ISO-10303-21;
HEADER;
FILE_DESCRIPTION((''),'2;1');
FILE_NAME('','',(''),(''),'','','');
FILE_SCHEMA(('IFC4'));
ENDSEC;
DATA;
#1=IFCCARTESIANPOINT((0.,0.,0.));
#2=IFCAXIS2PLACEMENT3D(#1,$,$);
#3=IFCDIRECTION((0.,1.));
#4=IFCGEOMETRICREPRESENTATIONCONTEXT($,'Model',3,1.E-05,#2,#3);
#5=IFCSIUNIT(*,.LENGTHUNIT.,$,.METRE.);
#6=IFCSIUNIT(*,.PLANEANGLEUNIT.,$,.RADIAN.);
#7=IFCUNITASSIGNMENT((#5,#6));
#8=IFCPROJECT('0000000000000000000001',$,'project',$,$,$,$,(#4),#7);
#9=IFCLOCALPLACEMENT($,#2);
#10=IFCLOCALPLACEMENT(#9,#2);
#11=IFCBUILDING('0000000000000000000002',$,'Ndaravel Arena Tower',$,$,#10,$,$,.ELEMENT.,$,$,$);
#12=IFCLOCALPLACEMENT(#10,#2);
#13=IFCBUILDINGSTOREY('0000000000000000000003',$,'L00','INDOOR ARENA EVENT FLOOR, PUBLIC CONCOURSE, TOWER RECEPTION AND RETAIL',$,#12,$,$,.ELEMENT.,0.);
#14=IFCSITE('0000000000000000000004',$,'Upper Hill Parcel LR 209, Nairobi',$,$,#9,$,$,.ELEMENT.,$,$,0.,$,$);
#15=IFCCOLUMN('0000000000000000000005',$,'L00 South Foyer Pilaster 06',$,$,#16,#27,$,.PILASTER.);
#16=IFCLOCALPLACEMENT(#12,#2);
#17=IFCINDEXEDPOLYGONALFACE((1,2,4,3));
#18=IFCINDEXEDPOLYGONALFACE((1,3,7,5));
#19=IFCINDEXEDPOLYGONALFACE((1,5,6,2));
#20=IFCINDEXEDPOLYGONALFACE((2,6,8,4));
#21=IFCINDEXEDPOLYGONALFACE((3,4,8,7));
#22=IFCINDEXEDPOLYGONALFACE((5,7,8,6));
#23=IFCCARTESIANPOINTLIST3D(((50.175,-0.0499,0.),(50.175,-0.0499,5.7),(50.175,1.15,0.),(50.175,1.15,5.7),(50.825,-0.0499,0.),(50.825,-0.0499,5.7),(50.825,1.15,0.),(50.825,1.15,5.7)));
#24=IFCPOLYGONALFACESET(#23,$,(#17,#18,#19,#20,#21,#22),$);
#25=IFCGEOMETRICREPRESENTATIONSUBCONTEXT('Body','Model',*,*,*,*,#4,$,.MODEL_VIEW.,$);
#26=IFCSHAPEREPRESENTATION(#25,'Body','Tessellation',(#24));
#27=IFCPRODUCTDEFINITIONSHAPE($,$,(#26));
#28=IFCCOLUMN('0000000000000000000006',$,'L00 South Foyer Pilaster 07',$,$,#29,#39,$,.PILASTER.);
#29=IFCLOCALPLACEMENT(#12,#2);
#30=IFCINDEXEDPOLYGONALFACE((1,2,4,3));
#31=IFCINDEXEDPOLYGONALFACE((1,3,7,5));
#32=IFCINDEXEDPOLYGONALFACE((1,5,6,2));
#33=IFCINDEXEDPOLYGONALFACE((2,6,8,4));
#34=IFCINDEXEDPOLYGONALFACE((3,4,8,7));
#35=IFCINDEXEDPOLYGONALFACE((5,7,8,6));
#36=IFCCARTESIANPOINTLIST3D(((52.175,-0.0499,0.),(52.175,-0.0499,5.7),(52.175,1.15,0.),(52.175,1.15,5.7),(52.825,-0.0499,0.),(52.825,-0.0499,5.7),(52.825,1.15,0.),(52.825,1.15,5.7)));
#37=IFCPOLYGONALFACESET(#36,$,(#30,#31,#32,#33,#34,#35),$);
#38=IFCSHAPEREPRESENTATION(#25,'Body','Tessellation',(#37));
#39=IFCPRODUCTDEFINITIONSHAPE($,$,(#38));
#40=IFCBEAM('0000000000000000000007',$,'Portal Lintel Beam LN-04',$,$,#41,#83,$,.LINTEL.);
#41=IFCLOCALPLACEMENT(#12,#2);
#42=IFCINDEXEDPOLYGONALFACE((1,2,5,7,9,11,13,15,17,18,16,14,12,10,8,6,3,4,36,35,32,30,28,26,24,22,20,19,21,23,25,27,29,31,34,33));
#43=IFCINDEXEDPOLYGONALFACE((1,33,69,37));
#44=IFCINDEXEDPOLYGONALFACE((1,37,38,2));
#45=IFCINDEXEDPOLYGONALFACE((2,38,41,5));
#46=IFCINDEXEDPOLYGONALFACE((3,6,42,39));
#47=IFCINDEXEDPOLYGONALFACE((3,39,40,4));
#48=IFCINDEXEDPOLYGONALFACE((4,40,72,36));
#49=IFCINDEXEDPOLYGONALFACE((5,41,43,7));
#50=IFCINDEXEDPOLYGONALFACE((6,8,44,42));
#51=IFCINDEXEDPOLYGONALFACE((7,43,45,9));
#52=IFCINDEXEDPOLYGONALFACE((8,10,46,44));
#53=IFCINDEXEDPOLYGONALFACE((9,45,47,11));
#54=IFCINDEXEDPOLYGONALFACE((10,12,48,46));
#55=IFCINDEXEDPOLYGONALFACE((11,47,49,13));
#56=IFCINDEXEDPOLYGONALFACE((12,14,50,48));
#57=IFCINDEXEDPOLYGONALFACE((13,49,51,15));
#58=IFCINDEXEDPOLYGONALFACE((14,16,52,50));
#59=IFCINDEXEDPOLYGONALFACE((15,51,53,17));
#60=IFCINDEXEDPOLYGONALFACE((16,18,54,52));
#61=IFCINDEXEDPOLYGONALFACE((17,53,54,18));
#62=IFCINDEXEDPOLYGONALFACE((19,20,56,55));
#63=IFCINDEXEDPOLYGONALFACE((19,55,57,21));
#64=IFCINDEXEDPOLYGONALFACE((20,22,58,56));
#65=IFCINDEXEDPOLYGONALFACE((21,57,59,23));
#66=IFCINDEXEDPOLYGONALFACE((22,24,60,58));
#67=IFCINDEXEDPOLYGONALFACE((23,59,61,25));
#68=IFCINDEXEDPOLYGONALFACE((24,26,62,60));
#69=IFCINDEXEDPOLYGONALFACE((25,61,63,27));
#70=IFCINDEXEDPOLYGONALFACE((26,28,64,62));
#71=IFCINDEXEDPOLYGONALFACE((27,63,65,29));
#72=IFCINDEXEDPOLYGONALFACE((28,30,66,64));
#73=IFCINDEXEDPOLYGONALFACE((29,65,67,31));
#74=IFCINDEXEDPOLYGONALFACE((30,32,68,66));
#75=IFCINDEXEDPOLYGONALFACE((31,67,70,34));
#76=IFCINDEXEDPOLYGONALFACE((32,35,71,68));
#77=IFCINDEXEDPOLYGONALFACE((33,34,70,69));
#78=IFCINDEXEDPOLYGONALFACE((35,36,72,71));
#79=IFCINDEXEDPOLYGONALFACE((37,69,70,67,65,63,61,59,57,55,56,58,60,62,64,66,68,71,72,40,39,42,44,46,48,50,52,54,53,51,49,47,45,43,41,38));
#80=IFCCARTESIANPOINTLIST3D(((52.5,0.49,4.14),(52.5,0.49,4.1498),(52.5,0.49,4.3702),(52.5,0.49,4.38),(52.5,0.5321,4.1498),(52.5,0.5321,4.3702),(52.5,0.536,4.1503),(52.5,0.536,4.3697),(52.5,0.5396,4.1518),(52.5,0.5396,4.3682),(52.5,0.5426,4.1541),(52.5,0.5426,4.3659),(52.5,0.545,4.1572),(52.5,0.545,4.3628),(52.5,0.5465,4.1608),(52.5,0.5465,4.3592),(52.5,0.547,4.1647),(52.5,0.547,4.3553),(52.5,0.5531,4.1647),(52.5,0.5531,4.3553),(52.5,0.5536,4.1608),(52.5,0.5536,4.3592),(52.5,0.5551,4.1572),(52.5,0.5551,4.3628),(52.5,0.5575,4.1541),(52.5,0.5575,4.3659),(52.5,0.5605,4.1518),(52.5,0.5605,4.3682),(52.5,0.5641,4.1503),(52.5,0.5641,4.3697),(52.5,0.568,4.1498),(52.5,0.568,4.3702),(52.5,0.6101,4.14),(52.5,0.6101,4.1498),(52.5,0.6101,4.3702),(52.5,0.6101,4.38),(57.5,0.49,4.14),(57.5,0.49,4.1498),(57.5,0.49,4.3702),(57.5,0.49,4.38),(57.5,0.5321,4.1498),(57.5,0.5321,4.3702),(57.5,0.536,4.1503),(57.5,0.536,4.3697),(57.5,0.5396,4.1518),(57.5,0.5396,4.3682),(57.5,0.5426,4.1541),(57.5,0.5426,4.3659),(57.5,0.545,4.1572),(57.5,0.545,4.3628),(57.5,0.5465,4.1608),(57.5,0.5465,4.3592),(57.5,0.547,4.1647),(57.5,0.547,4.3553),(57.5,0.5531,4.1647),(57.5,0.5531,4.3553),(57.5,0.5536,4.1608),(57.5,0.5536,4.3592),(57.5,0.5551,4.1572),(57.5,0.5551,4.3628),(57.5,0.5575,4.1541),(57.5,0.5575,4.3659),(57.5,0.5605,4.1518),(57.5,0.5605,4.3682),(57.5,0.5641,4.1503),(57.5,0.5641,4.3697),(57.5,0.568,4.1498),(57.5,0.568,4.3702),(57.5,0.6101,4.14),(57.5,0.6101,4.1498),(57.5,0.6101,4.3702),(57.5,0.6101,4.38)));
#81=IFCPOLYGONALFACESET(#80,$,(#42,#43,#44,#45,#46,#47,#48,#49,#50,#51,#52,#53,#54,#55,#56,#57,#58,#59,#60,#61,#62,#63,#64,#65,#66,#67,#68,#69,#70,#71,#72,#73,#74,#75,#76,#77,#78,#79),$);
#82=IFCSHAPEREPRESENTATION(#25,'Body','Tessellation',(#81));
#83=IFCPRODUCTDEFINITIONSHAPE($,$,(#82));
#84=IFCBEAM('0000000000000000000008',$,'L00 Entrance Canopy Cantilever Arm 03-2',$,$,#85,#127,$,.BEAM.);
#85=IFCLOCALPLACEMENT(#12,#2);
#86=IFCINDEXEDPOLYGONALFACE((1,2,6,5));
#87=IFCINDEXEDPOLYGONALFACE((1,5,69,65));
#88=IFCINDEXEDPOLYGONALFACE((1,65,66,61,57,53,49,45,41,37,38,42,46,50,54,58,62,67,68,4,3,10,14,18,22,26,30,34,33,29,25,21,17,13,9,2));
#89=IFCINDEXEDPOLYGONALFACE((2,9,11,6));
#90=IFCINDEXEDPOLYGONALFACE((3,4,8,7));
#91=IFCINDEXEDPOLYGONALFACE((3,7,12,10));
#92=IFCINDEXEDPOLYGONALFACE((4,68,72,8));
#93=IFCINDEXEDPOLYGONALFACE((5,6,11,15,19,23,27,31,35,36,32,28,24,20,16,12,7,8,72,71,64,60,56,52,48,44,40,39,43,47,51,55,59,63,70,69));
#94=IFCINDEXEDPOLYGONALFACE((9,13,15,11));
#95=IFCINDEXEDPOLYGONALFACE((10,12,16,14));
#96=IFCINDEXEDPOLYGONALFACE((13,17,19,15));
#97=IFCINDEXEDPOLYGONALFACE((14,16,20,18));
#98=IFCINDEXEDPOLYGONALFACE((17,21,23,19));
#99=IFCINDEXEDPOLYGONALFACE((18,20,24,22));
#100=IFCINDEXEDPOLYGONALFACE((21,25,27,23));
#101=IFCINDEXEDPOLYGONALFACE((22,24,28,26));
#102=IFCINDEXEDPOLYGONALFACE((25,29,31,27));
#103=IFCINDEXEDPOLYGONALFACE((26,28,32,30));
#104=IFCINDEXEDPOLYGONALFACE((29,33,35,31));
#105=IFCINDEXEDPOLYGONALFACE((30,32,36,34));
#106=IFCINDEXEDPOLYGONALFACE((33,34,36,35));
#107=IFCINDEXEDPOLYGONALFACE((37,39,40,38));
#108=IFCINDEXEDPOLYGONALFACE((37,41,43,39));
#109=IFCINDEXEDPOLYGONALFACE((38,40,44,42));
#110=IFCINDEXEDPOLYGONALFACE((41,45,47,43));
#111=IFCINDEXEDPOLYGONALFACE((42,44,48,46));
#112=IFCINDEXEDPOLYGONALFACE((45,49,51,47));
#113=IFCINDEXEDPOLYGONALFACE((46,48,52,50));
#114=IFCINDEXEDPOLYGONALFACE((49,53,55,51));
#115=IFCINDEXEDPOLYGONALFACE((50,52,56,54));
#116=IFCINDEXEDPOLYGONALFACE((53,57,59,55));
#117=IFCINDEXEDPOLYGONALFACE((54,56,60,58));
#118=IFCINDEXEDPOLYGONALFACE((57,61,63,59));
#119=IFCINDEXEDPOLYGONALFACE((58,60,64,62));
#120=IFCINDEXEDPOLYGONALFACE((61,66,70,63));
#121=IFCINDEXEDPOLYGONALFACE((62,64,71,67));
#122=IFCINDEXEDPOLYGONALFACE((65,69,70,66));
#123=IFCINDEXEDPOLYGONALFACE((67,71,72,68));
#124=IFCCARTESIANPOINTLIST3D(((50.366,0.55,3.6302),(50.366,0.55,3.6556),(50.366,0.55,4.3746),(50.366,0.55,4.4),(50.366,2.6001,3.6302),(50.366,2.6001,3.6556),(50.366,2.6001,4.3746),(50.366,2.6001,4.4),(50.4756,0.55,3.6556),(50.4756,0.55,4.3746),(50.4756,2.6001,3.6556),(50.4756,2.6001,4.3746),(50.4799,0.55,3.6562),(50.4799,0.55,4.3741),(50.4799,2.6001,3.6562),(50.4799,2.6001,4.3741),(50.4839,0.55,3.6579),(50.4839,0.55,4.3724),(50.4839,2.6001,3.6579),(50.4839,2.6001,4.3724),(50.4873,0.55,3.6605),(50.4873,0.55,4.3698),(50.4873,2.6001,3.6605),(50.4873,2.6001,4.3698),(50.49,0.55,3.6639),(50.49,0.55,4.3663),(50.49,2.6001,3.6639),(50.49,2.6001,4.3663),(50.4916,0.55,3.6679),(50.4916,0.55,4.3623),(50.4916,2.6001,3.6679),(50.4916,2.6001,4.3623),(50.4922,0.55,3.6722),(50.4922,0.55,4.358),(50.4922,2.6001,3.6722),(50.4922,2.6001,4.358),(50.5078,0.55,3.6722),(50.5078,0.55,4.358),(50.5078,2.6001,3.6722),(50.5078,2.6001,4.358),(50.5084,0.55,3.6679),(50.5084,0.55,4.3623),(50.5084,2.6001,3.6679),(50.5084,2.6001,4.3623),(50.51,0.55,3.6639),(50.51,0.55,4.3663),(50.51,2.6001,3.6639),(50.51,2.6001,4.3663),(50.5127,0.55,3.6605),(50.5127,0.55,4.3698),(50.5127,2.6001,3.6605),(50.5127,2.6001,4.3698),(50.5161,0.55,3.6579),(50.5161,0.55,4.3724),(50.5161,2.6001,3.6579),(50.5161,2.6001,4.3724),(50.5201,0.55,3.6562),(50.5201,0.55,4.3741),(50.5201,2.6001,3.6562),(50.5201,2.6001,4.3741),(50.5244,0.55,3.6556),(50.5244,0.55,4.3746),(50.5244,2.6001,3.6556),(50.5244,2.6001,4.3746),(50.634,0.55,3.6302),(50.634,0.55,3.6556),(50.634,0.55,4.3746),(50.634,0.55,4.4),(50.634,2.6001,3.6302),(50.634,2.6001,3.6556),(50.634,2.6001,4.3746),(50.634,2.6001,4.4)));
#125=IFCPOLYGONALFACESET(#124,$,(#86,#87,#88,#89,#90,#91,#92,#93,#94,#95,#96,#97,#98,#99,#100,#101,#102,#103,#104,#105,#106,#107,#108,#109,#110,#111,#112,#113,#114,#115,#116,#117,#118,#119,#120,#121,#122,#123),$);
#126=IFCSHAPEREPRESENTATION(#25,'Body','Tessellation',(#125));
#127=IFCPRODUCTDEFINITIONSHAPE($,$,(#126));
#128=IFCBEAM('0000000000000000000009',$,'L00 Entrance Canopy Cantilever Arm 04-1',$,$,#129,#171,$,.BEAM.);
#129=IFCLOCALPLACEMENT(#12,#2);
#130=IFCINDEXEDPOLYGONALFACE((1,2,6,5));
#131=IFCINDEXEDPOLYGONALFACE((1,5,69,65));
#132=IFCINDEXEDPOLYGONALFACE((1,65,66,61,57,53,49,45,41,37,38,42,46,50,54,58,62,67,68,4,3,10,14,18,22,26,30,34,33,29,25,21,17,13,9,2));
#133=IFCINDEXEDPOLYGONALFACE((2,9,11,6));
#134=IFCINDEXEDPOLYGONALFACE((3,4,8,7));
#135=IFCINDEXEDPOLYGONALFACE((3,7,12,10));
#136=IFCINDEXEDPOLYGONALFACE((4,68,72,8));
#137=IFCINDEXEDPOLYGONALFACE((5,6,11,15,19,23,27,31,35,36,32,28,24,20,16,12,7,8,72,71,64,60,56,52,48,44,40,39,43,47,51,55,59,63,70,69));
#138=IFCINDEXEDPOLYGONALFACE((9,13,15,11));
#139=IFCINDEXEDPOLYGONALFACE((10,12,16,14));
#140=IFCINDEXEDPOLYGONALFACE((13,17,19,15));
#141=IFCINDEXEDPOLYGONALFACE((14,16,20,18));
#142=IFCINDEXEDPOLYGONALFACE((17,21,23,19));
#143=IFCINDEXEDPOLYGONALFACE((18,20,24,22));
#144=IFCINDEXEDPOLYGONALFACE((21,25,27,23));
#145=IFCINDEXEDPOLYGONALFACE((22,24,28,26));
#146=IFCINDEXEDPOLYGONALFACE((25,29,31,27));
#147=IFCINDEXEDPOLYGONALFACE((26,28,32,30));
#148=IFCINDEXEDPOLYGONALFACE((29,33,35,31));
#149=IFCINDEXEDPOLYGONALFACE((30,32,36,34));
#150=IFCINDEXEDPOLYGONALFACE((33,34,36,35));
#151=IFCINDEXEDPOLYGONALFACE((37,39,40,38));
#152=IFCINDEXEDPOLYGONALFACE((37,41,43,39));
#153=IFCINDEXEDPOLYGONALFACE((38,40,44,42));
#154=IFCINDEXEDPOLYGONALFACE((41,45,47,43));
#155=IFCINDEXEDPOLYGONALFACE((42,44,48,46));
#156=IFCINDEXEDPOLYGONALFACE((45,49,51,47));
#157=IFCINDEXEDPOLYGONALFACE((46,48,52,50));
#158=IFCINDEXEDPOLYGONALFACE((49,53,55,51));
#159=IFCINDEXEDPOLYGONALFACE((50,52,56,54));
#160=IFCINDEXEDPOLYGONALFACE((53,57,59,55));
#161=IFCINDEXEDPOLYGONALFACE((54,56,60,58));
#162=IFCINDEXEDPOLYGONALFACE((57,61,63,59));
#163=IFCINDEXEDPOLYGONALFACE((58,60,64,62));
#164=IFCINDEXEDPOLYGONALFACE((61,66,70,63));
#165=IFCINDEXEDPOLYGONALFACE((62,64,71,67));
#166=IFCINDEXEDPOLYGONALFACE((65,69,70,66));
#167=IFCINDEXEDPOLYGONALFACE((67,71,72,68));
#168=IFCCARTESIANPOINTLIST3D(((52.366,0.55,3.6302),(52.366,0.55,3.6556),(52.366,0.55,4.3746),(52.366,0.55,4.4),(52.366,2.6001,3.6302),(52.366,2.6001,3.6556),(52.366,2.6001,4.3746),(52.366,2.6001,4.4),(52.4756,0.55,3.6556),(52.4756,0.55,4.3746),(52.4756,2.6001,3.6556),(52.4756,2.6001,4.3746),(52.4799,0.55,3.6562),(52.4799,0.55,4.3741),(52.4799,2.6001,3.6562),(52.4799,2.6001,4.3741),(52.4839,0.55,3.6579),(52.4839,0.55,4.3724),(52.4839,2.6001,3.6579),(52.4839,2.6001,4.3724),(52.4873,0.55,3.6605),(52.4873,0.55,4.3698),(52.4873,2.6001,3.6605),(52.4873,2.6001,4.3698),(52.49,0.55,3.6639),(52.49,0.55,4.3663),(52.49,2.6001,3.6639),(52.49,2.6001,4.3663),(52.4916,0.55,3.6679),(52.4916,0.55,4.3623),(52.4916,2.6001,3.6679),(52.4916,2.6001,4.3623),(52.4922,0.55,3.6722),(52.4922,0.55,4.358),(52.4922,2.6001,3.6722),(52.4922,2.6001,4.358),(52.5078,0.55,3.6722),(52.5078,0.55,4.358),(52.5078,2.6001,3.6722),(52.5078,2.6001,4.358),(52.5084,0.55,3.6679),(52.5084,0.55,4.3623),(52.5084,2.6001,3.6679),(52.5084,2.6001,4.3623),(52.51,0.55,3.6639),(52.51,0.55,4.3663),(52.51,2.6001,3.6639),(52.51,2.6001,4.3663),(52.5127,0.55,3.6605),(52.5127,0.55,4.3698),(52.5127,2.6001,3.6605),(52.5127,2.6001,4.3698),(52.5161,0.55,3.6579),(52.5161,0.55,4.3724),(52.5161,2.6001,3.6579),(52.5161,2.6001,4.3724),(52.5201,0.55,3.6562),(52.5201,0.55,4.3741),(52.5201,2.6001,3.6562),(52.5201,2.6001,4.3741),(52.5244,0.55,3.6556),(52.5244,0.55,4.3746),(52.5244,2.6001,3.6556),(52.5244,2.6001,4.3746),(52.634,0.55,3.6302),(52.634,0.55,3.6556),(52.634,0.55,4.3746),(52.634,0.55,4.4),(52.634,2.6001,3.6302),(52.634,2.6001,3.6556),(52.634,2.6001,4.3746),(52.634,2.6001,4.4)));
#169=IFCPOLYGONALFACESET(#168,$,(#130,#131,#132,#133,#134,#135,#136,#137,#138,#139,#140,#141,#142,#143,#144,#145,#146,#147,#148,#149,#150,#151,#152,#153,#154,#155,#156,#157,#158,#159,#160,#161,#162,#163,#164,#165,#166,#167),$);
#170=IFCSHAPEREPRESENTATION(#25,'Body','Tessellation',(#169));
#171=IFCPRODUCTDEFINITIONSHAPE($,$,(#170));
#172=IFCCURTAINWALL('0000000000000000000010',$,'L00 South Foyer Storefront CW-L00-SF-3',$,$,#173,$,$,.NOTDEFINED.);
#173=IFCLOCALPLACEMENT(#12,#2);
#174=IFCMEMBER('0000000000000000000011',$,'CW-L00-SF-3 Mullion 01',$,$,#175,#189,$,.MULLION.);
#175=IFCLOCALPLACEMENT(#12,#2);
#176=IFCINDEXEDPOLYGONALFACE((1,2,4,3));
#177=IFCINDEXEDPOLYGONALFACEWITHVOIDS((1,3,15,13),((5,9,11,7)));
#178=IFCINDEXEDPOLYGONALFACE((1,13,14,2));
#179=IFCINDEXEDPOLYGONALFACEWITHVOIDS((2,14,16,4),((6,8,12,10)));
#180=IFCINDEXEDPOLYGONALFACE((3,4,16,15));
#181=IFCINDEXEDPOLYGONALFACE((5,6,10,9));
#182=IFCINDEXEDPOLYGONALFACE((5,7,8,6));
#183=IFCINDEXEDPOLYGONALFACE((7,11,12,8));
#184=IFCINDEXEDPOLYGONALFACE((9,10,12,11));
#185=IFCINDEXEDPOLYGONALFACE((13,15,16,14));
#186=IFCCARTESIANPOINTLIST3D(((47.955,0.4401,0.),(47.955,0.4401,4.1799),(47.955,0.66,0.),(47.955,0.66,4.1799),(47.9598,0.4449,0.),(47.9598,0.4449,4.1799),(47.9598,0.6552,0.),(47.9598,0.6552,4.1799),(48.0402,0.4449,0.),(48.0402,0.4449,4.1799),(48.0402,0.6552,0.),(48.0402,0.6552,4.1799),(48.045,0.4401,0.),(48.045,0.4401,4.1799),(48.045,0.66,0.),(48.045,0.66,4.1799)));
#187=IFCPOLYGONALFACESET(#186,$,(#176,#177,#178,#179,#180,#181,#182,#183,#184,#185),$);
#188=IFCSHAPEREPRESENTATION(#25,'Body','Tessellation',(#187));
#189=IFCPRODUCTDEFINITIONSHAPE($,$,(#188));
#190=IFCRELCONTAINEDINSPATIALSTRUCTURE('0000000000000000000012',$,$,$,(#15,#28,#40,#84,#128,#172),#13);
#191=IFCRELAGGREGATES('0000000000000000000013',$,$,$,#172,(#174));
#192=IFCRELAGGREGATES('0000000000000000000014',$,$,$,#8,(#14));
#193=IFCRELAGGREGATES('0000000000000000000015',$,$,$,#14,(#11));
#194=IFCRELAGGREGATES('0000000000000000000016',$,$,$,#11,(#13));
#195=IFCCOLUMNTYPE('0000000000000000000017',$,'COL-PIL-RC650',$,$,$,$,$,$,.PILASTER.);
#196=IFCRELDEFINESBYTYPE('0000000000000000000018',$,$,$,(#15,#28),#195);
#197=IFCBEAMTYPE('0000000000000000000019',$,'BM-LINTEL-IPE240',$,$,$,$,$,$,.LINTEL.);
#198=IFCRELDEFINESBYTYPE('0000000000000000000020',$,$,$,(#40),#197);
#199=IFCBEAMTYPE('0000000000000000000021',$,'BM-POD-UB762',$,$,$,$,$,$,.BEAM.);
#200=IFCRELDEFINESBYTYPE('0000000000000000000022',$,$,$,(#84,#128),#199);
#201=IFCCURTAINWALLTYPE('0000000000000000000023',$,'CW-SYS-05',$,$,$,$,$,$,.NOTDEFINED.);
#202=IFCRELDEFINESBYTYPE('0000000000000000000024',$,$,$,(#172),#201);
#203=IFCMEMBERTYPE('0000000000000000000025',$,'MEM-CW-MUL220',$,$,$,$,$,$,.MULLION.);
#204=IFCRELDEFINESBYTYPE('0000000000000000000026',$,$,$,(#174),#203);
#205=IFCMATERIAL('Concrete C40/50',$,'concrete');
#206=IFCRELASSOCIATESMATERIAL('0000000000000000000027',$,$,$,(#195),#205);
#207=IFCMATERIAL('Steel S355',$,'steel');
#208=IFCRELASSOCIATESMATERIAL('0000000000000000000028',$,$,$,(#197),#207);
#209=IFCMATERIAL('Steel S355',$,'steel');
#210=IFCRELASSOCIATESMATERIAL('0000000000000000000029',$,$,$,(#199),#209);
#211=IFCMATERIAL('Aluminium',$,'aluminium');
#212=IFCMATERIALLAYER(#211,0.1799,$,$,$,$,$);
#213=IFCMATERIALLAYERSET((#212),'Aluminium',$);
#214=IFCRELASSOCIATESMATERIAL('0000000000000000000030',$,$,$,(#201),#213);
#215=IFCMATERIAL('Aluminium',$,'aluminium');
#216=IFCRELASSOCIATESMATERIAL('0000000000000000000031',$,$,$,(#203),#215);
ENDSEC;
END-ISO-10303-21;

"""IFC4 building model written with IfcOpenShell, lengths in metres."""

from ifc_helpers import new_model, si_unit, direction, frame, origin, origin_2d, place, context, subcontext, project, spatial, rectangle, hollow_rectangle, i_section, extrude, material, layer, layer_set, material_profile, profile_set, type_object, element, aggregate, save


model = new_model("IFC4")

# Units and contexts
model_context = context("Model", 3, precision=1e-05, world=origin(), true_north=direction((0.0, 1.0)))
body_context = subcontext(model_context, "Body", "Model", "MODEL_VIEW")
ifc_project = project(units=[si_unit("LENGTHUNIT", "METRE"), si_unit("PLANEANGLEUNIT", "RADIAN")], contexts=[model_context])

# Site, building, storey
site_placement = place(None, origin())
site = spatial("IfcSite", under=ifc_project, at=site_placement, Name="Upper Hill Parcel LR 209, Nairobi", CompositionType="ELEMENT", RefElevation=0.0)
building_placement = place(site_placement, origin())
building = spatial("IfcBuilding", under=site, at=building_placement, Name="Ndaravel Arena Tower", CompositionType="ELEMENT")
storey_placement = place(building_placement, origin())
storey = spatial("IfcBuildingStorey", under=building, at=storey_placement, Name="L00", Description="INDOOR ARENA EVENT FLOOR, PUBLIC CONCOURSE, TOWER RECEPTION AND RETAIL", CompositionType="ELEMENT", Elevation=0.0)

# Columns
ifc_material_1 = material(Name="Concrete C40/50", Category="concrete")
ifc_material_profile_1 = material_profile(ifc_material_1, rectangle(XDim=0.6499, YDim=1.2, at=origin_2d()), Name="RC 650x1200")
ifc_profile_set_1 = profile_set([ifc_material_profile_1], Name="Concrete C40/50")
column_type = type_object("IfcColumnType", Name="COL-PIL-RC650", PredefinedType="PILASTER", material=ifc_profile_set_1)
for number, where, z_axis, x_axis, name in (
    (1, (50.5, 0.55, 0.0), (0.0, 0.0, 1.0), (1.0, 0.0, 0.0), "L00 South Foyer Pilaster 06"),
    (2, (52.5, 0.55, 0.0), (0.0, 0.0, 1.0), (1.0, 0.0, 0.0), "L00 South Foyer Pilaster 07"),
):
    element("IfcColumn", number, at=place(storey_placement, frame(where, z_axis=z_axis, x_axis=x_axis)), inside=storey, type_object=column_type, Name=name, PredefinedType="PILASTER", context=body_context, shape_type="SweptSolid", body=[
        extrude(rectangle(XDim=0.6499, YDim=1.2, at=origin_2d()), origin(), (0.0, 0.0, 1.0), 5.7),
    ])

# Beams
ifc_material_2 = material(Name="Steel S355", Category="steel")
ifc_material_profile_2 = material_profile(ifc_material_2, i_section(OverallWidth=0.1201, OverallDepth=0.24, WebThickness=0.0061, FlangeThickness=0.0098, FilletRadius=0.0149, at=origin_2d()), Name="IPE 240")
ifc_profile_set_2 = profile_set([ifc_material_profile_2], Name="Steel S355")
beam_type_1 = type_object("IfcBeamType", Name="BM-LINTEL-IPE240", PredefinedType="LINTEL", material=ifc_profile_set_2)
beam_placement = place(storey_placement, frame((52.5, 0.55, 4.26), z_axis=(1.0, 0.0, 0.0), x_axis=(0.0, 1.0, 0.0)))
element("IfcBeam", 3, at=beam_placement, inside=storey, type_object=beam_type_1, Name="Portal Lintel Beam LN-04", PredefinedType="LINTEL", context=body_context, shape_type="SweptSolid", body=[
    extrude(i_section(OverallWidth=0.1201, OverallDepth=0.24, WebThickness=0.0061, FlangeThickness=0.0098, FilletRadius=0.0149, at=origin_2d()), origin(), (0.0, 0.0, 1.0), 5.0),
])
ifc_material_3 = material(Name="Steel S355", Category="steel")
ifc_material_profile_3 = material_profile(ifc_material_3, i_section(OverallWidth=0.2681, OverallDepth=0.7698, WebThickness=0.0156, FlangeThickness=0.0254, FilletRadius=0.0166, at=origin_2d()), Name="UB 762x267x197")
ifc_profile_set_3 = profile_set([ifc_material_profile_3], Name="Steel S355")
beam_type_2 = type_object("IfcBeamType", Name="BM-POD-UB762", PredefinedType="BEAM", material=ifc_profile_set_3)
for number, where, z_axis, x_axis, name in (
    (4, (50.5, 0.55, 4.0151), (0.0, 1.0, 0.0), (-1.0, 0.0, 0.0), "L00 Entrance Canopy Cantilever Arm 03-2"),
    (5, (52.5, 0.55, 4.0151), (0.0, 1.0, 0.0), (-1.0, 0.0, 0.0), "L00 Entrance Canopy Cantilever Arm 04-1"),
):
    element("IfcBeam", number, at=place(storey_placement, frame(where, z_axis=z_axis, x_axis=x_axis)), inside=storey, type_object=beam_type_2, Name=name, PredefinedType="BEAM", context=body_context, shape_type="SweptSolid", body=[
        extrude(i_section(OverallWidth=0.2681, OverallDepth=0.7698, WebThickness=0.0156, FlangeThickness=0.0254, FilletRadius=0.0166, at=origin_2d()), origin(), (0.0, 0.0, 1.0), 2.05),
    ])

# Curtain wall, member
ifc_material_4 = material(Name="Aluminium", Category="aluminium")
ifc_layer_1 = layer(ifc_material_4, 0.1799)
ifc_layer_set_1 = layer_set([ifc_layer_1], Name="Aluminium")
curtain_wall_type = type_object("IfcCurtainWallType", Name="CW-SYS-05", PredefinedType="NOTDEFINED", material=ifc_layer_set_1)
curtain_wall_1_placement = place(storey_placement, origin())
curtain_wall_1 = element("IfcCurtainWall", 6, at=curtain_wall_1_placement, inside=storey, type_object=curtain_wall_type, Name="L00 South Foyer Storefront CW-L00-SF-3", PredefinedType="NOTDEFINED")
ifc_material_5 = material(Name="Aluminium", Category="aluminium")
ifc_material_profile_4 = material_profile(ifc_material_5, hollow_rectangle(XDim=0.0901, YDim=0.22, WallThickness=0.0049, at=origin_2d()), Name="CW MULLION 90x220x5")
ifc_profile_set_4 = profile_set([ifc_material_profile_4], Name="Aluminium")
member_type_1 = type_object("IfcMemberType", Name="MEM-CW-MUL220", PredefinedType="MULLION", material=ifc_profile_set_4)
member_1_placement = place(storey_placement, frame((48.0, 0.55, 0.0), z_axis=(0.0, 0.0, 1.0), x_axis=(1.0, 0.0, 0.0)))
member_1 = element("IfcMember", 7, at=member_1_placement, type_object=member_type_1, Name="CW-L00-SF-3 Mullion 01", PredefinedType="MULLION", context=body_context, shape_type="SweptSolid", body=[
    extrude(hollow_rectangle(XDim=0.0901, YDim=0.22, WallThickness=0.0049, at=origin_2d()), origin(), (0.0, 0.0, 1.0), 4.1799),
])

aggregate(curtain_wall_1, [member_1])

save(model, "model.ifc")
